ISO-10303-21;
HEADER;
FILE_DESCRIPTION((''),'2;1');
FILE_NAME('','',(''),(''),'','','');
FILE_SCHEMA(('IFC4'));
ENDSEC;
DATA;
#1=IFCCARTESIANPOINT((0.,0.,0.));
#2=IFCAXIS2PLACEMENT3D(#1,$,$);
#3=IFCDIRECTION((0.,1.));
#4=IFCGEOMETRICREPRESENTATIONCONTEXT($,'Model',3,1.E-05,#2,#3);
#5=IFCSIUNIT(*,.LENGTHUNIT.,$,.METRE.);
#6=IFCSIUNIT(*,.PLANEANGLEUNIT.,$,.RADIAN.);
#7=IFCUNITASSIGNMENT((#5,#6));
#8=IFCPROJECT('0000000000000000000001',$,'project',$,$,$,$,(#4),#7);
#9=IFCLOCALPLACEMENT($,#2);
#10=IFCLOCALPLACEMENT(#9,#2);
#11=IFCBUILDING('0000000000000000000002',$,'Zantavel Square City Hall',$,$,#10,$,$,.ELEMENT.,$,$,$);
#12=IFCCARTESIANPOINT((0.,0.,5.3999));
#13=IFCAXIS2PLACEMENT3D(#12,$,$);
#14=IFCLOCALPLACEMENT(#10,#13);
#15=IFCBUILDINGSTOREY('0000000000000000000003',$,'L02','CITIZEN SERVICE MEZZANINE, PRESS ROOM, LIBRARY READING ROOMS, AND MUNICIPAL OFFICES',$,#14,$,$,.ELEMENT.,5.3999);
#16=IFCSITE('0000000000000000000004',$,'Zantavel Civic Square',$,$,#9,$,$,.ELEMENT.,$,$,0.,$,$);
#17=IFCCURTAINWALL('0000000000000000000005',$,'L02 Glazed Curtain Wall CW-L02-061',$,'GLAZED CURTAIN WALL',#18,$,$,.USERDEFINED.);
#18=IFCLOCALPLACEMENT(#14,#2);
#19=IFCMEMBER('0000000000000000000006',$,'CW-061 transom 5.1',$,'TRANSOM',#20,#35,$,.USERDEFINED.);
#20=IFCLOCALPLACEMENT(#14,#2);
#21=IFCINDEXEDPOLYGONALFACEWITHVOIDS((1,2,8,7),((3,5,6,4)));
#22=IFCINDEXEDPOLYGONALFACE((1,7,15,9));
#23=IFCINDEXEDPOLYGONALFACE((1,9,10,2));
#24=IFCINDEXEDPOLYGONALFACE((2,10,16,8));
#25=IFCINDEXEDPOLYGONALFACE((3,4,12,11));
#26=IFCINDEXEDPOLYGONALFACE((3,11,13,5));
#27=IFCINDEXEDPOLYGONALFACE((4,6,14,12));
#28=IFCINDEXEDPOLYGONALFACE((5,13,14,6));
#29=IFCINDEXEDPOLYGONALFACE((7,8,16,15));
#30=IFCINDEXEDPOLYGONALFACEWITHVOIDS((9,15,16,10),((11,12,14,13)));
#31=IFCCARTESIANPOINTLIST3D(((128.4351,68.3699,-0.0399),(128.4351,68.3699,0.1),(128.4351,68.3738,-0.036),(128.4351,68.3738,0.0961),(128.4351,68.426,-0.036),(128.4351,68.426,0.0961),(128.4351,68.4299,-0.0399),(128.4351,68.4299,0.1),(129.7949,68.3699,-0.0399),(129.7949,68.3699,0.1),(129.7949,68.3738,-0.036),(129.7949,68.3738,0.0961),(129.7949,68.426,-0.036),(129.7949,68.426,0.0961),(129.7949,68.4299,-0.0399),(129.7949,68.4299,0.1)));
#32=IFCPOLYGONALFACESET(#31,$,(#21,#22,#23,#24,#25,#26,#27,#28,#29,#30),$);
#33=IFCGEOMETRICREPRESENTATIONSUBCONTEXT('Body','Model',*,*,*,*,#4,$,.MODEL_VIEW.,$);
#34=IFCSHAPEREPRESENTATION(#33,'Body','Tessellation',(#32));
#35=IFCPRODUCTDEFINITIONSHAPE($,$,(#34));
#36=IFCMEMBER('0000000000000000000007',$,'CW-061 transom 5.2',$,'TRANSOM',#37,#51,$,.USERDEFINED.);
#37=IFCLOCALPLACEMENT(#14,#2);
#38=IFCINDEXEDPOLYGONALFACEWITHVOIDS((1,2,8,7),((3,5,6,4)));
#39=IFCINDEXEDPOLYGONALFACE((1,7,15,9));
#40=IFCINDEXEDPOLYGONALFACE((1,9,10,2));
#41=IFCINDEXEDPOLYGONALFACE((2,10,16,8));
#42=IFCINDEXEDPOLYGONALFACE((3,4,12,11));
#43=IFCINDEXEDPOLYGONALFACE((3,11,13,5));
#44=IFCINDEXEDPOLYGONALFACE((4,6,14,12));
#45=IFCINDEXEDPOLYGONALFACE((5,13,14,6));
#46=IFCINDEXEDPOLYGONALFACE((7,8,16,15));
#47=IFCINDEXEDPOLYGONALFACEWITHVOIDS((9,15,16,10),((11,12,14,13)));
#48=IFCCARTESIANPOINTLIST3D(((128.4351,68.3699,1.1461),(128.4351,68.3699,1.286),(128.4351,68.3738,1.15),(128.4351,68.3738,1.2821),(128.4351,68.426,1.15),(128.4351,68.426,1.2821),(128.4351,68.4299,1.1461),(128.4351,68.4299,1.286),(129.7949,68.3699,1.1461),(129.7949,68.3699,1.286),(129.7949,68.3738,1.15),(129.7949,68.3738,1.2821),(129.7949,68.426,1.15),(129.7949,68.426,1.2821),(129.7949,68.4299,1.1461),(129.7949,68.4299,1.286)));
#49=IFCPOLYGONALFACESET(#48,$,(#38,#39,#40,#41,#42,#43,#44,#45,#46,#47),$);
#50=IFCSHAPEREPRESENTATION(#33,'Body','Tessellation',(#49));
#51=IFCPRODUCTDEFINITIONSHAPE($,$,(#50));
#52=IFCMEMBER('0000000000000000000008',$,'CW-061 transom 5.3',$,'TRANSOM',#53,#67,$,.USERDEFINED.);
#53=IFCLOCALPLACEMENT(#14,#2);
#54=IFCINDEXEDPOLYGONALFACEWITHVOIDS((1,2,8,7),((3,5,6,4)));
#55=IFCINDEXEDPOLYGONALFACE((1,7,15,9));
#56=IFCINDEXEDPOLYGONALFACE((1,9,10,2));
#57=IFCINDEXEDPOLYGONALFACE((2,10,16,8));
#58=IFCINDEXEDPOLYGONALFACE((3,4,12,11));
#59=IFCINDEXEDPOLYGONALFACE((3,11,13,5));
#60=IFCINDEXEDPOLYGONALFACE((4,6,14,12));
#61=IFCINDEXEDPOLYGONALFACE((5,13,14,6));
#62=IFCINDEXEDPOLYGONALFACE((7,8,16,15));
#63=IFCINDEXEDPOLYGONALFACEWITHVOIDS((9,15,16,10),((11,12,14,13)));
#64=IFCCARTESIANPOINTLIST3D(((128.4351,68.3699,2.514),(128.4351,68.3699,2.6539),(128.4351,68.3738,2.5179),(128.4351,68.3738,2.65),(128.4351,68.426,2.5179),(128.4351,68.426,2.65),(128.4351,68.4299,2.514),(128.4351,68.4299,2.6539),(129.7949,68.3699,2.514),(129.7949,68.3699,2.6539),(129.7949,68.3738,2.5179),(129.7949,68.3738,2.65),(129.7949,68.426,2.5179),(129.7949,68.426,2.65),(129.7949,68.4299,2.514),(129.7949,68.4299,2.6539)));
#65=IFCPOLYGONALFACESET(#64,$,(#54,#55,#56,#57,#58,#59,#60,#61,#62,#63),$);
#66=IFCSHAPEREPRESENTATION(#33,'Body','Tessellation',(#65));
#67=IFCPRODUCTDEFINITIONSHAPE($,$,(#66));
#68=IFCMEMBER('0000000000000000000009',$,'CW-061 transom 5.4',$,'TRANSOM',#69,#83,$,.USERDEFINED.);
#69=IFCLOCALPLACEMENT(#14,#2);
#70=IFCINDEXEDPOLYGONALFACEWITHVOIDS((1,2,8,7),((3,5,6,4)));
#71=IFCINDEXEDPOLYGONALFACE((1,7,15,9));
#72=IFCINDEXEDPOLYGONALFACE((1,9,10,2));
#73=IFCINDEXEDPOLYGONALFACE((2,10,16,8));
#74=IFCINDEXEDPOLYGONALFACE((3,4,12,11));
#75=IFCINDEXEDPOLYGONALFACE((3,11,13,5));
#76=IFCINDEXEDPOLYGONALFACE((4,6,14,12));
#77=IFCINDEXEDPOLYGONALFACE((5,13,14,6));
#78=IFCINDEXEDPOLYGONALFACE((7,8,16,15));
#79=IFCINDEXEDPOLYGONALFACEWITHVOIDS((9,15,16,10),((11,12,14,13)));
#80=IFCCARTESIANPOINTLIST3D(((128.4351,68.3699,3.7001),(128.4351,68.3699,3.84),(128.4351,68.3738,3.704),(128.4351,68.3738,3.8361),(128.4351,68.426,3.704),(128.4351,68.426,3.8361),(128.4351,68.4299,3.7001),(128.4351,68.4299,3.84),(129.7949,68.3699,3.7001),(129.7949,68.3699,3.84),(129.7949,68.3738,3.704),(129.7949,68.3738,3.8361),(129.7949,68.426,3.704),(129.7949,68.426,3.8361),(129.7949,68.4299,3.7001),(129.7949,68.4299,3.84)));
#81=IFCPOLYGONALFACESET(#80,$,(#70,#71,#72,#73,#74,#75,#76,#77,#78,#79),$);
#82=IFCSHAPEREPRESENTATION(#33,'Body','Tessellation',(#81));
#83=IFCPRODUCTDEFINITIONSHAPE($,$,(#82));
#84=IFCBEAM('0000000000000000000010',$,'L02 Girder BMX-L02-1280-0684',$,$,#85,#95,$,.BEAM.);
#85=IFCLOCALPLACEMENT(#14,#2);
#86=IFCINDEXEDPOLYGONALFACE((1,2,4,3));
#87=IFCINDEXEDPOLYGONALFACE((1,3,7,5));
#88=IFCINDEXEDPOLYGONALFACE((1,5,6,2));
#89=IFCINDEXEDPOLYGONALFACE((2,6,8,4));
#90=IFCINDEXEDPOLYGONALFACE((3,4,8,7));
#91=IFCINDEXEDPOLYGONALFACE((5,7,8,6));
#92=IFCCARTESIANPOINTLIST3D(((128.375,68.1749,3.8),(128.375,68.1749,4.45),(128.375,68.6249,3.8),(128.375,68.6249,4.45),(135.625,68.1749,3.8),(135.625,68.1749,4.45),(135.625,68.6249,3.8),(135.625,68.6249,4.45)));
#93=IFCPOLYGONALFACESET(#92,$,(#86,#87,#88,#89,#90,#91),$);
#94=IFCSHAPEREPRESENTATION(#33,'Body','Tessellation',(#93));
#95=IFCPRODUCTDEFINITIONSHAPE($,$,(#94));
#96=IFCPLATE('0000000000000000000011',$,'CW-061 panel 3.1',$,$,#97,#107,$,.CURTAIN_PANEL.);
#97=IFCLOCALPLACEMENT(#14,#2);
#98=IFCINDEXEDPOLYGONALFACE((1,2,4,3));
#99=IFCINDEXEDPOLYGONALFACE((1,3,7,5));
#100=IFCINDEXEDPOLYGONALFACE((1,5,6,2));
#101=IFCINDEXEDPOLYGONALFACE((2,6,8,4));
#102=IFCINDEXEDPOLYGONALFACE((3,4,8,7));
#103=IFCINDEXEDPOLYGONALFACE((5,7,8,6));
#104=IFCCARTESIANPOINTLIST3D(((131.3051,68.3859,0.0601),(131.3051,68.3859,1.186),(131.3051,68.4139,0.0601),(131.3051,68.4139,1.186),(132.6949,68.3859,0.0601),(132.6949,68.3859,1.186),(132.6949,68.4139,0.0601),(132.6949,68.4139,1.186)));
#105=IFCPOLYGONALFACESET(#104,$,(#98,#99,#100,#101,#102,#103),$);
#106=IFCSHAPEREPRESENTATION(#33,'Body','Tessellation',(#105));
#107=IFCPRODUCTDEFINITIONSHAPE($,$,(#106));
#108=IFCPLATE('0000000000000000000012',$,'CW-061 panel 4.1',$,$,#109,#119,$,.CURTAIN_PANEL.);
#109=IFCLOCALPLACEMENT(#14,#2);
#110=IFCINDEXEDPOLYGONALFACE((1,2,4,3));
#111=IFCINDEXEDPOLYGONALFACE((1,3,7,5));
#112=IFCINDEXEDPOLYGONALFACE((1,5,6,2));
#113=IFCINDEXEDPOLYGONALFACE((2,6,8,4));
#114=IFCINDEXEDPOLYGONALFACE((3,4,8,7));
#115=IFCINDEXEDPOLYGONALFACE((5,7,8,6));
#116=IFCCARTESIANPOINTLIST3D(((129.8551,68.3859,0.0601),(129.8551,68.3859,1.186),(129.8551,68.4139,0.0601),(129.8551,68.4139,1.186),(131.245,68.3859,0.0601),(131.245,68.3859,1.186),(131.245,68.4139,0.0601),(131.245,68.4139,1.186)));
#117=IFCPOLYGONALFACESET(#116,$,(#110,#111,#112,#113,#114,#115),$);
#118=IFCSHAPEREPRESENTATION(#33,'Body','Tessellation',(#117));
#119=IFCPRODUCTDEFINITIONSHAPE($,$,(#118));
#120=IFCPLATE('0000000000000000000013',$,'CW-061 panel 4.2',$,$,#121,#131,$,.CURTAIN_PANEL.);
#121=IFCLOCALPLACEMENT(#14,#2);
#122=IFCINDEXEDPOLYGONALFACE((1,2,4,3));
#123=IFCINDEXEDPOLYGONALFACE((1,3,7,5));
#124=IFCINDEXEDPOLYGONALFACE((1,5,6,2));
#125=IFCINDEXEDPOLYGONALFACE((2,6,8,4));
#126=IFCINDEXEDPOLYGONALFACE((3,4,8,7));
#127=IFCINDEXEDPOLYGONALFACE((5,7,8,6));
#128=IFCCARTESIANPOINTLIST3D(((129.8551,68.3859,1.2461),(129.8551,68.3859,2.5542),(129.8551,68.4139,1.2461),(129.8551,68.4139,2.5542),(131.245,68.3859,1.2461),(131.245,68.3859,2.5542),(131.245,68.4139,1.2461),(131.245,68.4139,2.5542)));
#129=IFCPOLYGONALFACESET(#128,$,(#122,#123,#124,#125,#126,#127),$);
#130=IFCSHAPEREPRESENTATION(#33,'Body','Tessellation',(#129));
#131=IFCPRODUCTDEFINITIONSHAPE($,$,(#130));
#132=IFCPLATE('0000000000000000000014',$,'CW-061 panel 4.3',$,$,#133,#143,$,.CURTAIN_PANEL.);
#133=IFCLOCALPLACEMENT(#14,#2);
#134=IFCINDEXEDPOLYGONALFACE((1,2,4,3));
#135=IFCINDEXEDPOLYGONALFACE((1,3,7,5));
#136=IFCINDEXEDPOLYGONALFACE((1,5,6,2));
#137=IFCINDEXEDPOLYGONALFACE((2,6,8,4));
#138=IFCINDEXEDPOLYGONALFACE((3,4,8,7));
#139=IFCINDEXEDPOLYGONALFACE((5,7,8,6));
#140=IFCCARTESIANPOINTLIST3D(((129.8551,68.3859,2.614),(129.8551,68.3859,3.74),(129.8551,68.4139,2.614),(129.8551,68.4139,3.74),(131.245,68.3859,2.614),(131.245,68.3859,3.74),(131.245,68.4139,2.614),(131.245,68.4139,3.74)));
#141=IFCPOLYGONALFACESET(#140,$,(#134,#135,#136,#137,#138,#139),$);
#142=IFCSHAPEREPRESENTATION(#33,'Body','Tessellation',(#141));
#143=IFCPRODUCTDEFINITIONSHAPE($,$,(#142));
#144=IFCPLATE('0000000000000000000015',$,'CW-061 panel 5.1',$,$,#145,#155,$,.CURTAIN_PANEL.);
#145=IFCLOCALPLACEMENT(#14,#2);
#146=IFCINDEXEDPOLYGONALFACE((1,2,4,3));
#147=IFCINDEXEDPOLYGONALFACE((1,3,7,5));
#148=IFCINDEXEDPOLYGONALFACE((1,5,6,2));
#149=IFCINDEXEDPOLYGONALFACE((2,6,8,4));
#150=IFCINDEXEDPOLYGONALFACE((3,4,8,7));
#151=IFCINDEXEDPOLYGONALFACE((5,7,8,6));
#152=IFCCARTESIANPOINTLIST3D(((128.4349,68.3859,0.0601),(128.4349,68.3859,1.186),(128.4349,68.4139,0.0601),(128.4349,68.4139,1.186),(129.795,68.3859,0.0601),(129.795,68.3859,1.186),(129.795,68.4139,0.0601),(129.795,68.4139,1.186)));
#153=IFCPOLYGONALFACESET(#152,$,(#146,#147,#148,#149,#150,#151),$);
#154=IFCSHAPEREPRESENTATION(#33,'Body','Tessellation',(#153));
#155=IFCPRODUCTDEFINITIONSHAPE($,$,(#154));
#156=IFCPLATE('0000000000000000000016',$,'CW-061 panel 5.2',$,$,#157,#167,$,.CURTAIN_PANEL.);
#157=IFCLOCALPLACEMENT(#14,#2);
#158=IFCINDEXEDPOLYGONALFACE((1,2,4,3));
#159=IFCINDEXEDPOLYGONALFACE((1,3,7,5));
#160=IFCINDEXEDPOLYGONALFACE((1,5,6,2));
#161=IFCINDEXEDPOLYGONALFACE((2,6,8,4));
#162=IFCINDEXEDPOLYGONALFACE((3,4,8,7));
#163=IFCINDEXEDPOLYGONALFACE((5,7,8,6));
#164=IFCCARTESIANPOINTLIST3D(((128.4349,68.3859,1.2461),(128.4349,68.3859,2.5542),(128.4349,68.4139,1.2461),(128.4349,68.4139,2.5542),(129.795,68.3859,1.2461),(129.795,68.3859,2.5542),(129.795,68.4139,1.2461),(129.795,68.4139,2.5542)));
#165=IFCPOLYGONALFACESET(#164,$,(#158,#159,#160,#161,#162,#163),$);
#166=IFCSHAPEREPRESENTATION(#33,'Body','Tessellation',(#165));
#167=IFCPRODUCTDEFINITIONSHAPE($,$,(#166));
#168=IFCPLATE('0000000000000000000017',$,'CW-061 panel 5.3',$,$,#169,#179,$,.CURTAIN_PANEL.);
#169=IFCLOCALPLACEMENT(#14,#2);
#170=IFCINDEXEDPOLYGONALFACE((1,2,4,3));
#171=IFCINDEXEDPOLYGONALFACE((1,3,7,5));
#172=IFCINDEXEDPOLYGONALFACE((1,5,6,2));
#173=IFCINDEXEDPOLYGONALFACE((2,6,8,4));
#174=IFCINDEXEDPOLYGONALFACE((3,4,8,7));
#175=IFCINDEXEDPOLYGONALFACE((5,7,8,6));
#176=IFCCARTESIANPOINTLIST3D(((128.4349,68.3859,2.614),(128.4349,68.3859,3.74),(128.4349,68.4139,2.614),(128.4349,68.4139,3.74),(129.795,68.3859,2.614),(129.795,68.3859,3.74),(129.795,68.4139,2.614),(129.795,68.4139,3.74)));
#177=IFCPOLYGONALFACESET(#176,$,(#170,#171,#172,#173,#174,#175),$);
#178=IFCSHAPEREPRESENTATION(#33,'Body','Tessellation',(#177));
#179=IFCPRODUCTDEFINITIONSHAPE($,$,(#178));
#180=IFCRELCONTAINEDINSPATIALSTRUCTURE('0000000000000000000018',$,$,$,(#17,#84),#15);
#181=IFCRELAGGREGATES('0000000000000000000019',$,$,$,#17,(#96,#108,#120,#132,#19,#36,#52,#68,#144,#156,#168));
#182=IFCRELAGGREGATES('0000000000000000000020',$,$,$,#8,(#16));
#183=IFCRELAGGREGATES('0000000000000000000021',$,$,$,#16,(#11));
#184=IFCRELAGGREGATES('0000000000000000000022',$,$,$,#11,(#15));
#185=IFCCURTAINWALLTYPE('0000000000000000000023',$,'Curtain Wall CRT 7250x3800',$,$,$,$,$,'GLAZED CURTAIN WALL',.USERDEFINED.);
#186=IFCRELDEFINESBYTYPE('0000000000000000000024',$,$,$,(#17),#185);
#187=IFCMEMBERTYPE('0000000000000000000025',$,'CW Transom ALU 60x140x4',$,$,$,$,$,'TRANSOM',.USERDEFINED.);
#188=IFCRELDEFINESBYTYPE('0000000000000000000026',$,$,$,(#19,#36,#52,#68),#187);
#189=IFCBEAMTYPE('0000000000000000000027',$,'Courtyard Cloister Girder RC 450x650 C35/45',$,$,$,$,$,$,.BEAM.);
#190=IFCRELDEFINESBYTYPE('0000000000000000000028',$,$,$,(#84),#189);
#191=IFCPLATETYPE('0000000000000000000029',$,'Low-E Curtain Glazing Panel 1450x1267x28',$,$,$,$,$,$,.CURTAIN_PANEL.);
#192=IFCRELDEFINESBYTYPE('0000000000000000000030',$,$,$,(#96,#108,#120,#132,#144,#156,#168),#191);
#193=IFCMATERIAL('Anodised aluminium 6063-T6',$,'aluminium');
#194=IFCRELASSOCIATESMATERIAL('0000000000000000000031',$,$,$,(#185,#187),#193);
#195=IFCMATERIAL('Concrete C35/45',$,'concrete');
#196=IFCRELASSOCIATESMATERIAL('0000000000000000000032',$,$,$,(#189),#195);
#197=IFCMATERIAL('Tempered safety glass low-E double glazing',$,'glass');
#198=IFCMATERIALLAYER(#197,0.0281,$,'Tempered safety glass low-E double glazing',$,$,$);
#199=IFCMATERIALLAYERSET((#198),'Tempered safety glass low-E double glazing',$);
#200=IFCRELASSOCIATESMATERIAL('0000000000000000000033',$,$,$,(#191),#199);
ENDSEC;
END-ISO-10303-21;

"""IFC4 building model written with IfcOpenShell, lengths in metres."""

from ifc_helpers import new_model, si_unit, direction, frame, origin, origin_2d, place, context, subcontext, project, spatial, rectangle, hollow_rectangle, extrude, material, layer, layer_set, material_profile, profile_set, type_object, element, aggregate, save


model = new_model("IFC4")

# Units and contexts
model_context = context("Model", 3, precision=1e-05, world=origin(), true_north=direction((0.0, 1.0)))
body_context = subcontext(model_context, "Body", "Model", "MODEL_VIEW")
ifc_project = project(units=[si_unit("LENGTHUNIT", "METRE"), si_unit("PLANEANGLEUNIT", "RADIAN")], contexts=[model_context])

# Site, building, storey
site_placement = place(None, origin())
site = spatial("IfcSite", under=ifc_project, at=site_placement, Name="Zantavel Civic Square", CompositionType="ELEMENT", RefElevation=0.0)
building_placement = place(site_placement, origin())
building = spatial("IfcBuilding", under=site, at=building_placement, Name="Zantavel Square City Hall", CompositionType="ELEMENT")
storey_placement = place(building_placement, frame((0.0, 0.0, 5.3999)))
storey = spatial("IfcBuildingStorey", under=building, at=storey_placement, Name="L02", Description="CITIZEN SERVICE MEZZANINE, PRESS ROOM, LIBRARY READING ROOMS, AND MUNICIPAL OFFICES", CompositionType="ELEMENT", Elevation=5.3999)

# Curtain wall, members
ifc_material_1 = material(Name="Anodised aluminium 6063-T6", Category="aluminium")
curtain_wall_type = type_object("IfcCurtainWallType", Name="Curtain Wall CRT 7250x3800", ElementType="GLAZED CURTAIN WALL", PredefinedType="USERDEFINED", material=ifc_material_1)
curtain_wall_placement = place(storey_placement, origin())
curtain_wall = element("IfcCurtainWall", 1, at=curtain_wall_placement, inside=storey, type_object=curtain_wall_type, Name="L02 Glazed Curtain Wall CW-L02-061", ObjectType="GLAZED CURTAIN WALL", PredefinedType="USERDEFINED")
ifc_material_profile_1 = material_profile(ifc_material_1, hollow_rectangle(XDim=0.0601, YDim=0.1399, WallThickness=0.0039, at=origin_2d()), Name="ALU 60x140x4")
ifc_profile_set_1 = profile_set([ifc_material_profile_1], Name="Anodised aluminium 6063-T6")
member_type_1 = type_object("IfcMemberType", Name="CW Transom ALU 60x140x4", ElementType="TRANSOM", PredefinedType="USERDEFINED", material=ifc_profile_set_1)
member_1_placement = place(storey_placement, frame((129.7949, 68.3999, 0.03), z_axis=(-1.0, 0.0, 0.0), x_axis=(0.0, -1.0, 0.0)))
member_1 = element("IfcMember", 2, at=member_1_placement, type_object=member_type_1, Name="CW-061 transom 5.1", ObjectType="TRANSOM", PredefinedType="USERDEFINED", context=body_context, shape_type="SweptSolid", body=[
    extrude(hollow_rectangle(XDim=0.0601, YDim=0.1399, WallThickness=0.0039, at=origin_2d()), origin(), (0.0, 0.0, 1.0), 1.3599),
])
member_2_placement = place(storey_placement, frame((129.7949, 68.3999, 1.2161), z_axis=(-1.0, 0.0, 0.0), x_axis=(0.0, -1.0, 0.0)))
member_2 = element("IfcMember", 3, at=member_2_placement, type_object=member_type_1, Name="CW-061 transom 5.2", ObjectType="TRANSOM", PredefinedType="USERDEFINED", context=body_context, shape_type="SweptSolid", body=[
    extrude(hollow_rectangle(XDim=0.0601, YDim=0.1399, WallThickness=0.0039, at=origin_2d()), origin(), (0.0, 0.0, 1.0), 1.3599),
])
member_3_placement = place(storey_placement, frame((129.7949, 68.3999, 2.584), z_axis=(-1.0, 0.0, 0.0), x_axis=(0.0, -1.0, 0.0)))
member_3 = element("IfcMember", 4, at=member_3_placement, type_object=member_type_1, Name="CW-061 transom 5.3", ObjectType="TRANSOM", PredefinedType="USERDEFINED", context=body_context, shape_type="SweptSolid", body=[
    extrude(hollow_rectangle(XDim=0.0601, YDim=0.1399, WallThickness=0.0039, at=origin_2d()), origin(), (0.0, 0.0, 1.0), 1.3599),
])
member_4_placement = place(storey_placement, frame((129.7949, 68.3999, 3.77), z_axis=(-1.0, 0.0, 0.0), x_axis=(0.0, -1.0, 0.0)))
member_4 = element("IfcMember", 5, at=member_4_placement, type_object=member_type_1, Name="CW-061 transom 5.4", ObjectType="TRANSOM", PredefinedType="USERDEFINED", context=body_context, shape_type="SweptSolid", body=[
    extrude(hollow_rectangle(XDim=0.0601, YDim=0.1399, WallThickness=0.0039, at=origin_2d()), origin(), (0.0, 0.0, 1.0), 1.3599),
])

# Beam
ifc_material_2 = material(Name="Concrete C35/45", Category="concrete")
ifc_material_profile_2 = material_profile(ifc_material_2, rectangle(XDim=0.45, YDim=0.6499, at=origin_2d()), Name="RC 450x650")
ifc_profile_set_2 = profile_set([ifc_material_profile_2], Name="Concrete C35/45")
beam_type = type_object("IfcBeamType", Name="Courtyard Cloister Girder RC 450x650 C35/45", PredefinedType="BEAM", material=ifc_profile_set_2)
beam_placement = place(storey_placement, frame((128.375, 68.3999, 4.125), z_axis=(1.0, 0.0, 0.0), x_axis=(0.0, 1.0, 0.0)))
element("IfcBeam", 6, at=beam_placement, inside=storey, type_object=beam_type, Name="L02 Girder BMX-L02-1280-0684", PredefinedType="BEAM", context=body_context, shape_type="SweptSolid", body=[
    extrude(rectangle(XDim=0.45, YDim=0.6499, at=origin_2d()), origin(), (0.0, 0.0, 1.0), 7.25),
])

# Plates
ifc_material_3 = material(Name="Tempered safety glass low-E double glazing", Category="glass")
ifc_layer = layer(ifc_material_3, 0.0281, Name="Tempered safety glass low-E double glazing")
ifc_layer_set = layer_set([ifc_layer], Name="Tempered safety glass low-E double glazing")
plate_type = type_object("IfcPlateType", Name="Low-E Curtain Glazing Panel 1450x1267x28", PredefinedType="CURTAIN_PANEL", material=ifc_layer_set)
plate_1_placement = place(storey_placement, frame((132.0, 68.3999, 0.0601), z_axis=(0.0, 0.0, 1.0), x_axis=(-1.0, 0.0, 0.0)))
plate_1 = element("IfcPlate", 7, at=plate_1_placement, type_object=plate_type, Name="CW-061 panel 3.1", PredefinedType="CURTAIN_PANEL", context=body_context, shape_type="SweptSolid", body=[
    extrude(rectangle(XDim=1.3899, YDim=0.0281, at=origin_2d()), origin(), (0.0, 0.0, 1.0), 1.126),
])
plate_2_placement = place(storey_placement, frame((130.55, 68.3999, 0.0601), z_axis=(0.0, 0.0, 1.0), x_axis=(-1.0, 0.0, 0.0)))
plate_2 = element("IfcPlate", 8, at=plate_2_placement, type_object=plate_type, Name="CW-061 panel 4.1", PredefinedType="CURTAIN_PANEL", context=body_context, shape_type="SweptSolid", body=[
    extrude(rectangle(XDim=1.3899, YDim=0.0281, at=origin_2d()), origin(), (0.0, 0.0, 1.0), 1.126),
])
plate_3_placement = place(storey_placement, frame((130.55, 68.3999, 1.2461), z_axis=(0.0, 0.0, 1.0), x_axis=(-1.0, 0.0, 0.0)))
plate_3 = element("IfcPlate", 9, at=plate_3_placement, type_object=plate_type, Name="CW-061 panel 4.2", PredefinedType="CURTAIN_PANEL", context=body_context, shape_type="SweptSolid", body=[
    extrude(rectangle(XDim=1.3899, YDim=0.0281, at=origin_2d()), origin(), (0.0, 0.0, 1.0), 1.3081),
])
plate_4_placement = place(storey_placement, frame((130.55, 68.3999, 2.614), z_axis=(0.0, 0.0, 1.0), x_axis=(-1.0, 0.0, 0.0)))
plate_4 = element("IfcPlate", 10, at=plate_4_placement, type_object=plate_type, Name="CW-061 panel 4.3", PredefinedType="CURTAIN_PANEL", context=body_context, shape_type="SweptSolid", body=[
    extrude(rectangle(XDim=1.3899, YDim=0.0281, at=origin_2d()), origin(), (0.0, 0.0, 1.0), 1.126),
])
plate_5_placement = place(storey_placement, frame((129.115, 68.3999, 0.0601), z_axis=(0.0, 0.0, 1.0), x_axis=(-1.0, 0.0, 0.0)))
plate_5 = element("IfcPlate", 11, at=plate_5_placement, type_object=plate_type, Name="CW-061 panel 5.1", PredefinedType="CURTAIN_PANEL", context=body_context, shape_type="SweptSolid", body=[
    extrude(rectangle(XDim=1.3601, YDim=0.0281, at=origin_2d()), origin(), (0.0, 0.0, 1.0), 1.126),
])
plate_6_placement = place(storey_placement, frame((129.115, 68.3999, 1.2461), z_axis=(0.0, 0.0, 1.0), x_axis=(-1.0, 0.0, 0.0)))
plate_6 = element("IfcPlate", 12, at=plate_6_placement, type_object=plate_type, Name="CW-061 panel 5.2", PredefinedType="CURTAIN_PANEL", context=body_context, shape_type="SweptSolid", body=[
    extrude(rectangle(XDim=1.3601, YDim=0.0281, at=origin_2d()), origin(), (0.0, 0.0, 1.0), 1.3081),
])
plate_7_placement = place(storey_placement, frame((129.115, 68.3999, 2.614), z_axis=(0.0, 0.0, 1.0), x_axis=(-1.0, 0.0, 0.0)))
plate_7 = element("IfcPlate", 13, at=plate_7_placement, type_object=plate_type, Name="CW-061 panel 5.3", PredefinedType="CURTAIN_PANEL", context=body_context, shape_type="SweptSolid", body=[
    extrude(rectangle(XDim=1.3601, YDim=0.0281, at=origin_2d()), origin(), (0.0, 0.0, 1.0), 1.126),
])
aggregate(curtain_wall, [plate_1, plate_2, plate_3, plate_4, member_1, member_2, member_3, member_4, plate_5, plate_6, plate_7])

save(model, "model.ifc")
